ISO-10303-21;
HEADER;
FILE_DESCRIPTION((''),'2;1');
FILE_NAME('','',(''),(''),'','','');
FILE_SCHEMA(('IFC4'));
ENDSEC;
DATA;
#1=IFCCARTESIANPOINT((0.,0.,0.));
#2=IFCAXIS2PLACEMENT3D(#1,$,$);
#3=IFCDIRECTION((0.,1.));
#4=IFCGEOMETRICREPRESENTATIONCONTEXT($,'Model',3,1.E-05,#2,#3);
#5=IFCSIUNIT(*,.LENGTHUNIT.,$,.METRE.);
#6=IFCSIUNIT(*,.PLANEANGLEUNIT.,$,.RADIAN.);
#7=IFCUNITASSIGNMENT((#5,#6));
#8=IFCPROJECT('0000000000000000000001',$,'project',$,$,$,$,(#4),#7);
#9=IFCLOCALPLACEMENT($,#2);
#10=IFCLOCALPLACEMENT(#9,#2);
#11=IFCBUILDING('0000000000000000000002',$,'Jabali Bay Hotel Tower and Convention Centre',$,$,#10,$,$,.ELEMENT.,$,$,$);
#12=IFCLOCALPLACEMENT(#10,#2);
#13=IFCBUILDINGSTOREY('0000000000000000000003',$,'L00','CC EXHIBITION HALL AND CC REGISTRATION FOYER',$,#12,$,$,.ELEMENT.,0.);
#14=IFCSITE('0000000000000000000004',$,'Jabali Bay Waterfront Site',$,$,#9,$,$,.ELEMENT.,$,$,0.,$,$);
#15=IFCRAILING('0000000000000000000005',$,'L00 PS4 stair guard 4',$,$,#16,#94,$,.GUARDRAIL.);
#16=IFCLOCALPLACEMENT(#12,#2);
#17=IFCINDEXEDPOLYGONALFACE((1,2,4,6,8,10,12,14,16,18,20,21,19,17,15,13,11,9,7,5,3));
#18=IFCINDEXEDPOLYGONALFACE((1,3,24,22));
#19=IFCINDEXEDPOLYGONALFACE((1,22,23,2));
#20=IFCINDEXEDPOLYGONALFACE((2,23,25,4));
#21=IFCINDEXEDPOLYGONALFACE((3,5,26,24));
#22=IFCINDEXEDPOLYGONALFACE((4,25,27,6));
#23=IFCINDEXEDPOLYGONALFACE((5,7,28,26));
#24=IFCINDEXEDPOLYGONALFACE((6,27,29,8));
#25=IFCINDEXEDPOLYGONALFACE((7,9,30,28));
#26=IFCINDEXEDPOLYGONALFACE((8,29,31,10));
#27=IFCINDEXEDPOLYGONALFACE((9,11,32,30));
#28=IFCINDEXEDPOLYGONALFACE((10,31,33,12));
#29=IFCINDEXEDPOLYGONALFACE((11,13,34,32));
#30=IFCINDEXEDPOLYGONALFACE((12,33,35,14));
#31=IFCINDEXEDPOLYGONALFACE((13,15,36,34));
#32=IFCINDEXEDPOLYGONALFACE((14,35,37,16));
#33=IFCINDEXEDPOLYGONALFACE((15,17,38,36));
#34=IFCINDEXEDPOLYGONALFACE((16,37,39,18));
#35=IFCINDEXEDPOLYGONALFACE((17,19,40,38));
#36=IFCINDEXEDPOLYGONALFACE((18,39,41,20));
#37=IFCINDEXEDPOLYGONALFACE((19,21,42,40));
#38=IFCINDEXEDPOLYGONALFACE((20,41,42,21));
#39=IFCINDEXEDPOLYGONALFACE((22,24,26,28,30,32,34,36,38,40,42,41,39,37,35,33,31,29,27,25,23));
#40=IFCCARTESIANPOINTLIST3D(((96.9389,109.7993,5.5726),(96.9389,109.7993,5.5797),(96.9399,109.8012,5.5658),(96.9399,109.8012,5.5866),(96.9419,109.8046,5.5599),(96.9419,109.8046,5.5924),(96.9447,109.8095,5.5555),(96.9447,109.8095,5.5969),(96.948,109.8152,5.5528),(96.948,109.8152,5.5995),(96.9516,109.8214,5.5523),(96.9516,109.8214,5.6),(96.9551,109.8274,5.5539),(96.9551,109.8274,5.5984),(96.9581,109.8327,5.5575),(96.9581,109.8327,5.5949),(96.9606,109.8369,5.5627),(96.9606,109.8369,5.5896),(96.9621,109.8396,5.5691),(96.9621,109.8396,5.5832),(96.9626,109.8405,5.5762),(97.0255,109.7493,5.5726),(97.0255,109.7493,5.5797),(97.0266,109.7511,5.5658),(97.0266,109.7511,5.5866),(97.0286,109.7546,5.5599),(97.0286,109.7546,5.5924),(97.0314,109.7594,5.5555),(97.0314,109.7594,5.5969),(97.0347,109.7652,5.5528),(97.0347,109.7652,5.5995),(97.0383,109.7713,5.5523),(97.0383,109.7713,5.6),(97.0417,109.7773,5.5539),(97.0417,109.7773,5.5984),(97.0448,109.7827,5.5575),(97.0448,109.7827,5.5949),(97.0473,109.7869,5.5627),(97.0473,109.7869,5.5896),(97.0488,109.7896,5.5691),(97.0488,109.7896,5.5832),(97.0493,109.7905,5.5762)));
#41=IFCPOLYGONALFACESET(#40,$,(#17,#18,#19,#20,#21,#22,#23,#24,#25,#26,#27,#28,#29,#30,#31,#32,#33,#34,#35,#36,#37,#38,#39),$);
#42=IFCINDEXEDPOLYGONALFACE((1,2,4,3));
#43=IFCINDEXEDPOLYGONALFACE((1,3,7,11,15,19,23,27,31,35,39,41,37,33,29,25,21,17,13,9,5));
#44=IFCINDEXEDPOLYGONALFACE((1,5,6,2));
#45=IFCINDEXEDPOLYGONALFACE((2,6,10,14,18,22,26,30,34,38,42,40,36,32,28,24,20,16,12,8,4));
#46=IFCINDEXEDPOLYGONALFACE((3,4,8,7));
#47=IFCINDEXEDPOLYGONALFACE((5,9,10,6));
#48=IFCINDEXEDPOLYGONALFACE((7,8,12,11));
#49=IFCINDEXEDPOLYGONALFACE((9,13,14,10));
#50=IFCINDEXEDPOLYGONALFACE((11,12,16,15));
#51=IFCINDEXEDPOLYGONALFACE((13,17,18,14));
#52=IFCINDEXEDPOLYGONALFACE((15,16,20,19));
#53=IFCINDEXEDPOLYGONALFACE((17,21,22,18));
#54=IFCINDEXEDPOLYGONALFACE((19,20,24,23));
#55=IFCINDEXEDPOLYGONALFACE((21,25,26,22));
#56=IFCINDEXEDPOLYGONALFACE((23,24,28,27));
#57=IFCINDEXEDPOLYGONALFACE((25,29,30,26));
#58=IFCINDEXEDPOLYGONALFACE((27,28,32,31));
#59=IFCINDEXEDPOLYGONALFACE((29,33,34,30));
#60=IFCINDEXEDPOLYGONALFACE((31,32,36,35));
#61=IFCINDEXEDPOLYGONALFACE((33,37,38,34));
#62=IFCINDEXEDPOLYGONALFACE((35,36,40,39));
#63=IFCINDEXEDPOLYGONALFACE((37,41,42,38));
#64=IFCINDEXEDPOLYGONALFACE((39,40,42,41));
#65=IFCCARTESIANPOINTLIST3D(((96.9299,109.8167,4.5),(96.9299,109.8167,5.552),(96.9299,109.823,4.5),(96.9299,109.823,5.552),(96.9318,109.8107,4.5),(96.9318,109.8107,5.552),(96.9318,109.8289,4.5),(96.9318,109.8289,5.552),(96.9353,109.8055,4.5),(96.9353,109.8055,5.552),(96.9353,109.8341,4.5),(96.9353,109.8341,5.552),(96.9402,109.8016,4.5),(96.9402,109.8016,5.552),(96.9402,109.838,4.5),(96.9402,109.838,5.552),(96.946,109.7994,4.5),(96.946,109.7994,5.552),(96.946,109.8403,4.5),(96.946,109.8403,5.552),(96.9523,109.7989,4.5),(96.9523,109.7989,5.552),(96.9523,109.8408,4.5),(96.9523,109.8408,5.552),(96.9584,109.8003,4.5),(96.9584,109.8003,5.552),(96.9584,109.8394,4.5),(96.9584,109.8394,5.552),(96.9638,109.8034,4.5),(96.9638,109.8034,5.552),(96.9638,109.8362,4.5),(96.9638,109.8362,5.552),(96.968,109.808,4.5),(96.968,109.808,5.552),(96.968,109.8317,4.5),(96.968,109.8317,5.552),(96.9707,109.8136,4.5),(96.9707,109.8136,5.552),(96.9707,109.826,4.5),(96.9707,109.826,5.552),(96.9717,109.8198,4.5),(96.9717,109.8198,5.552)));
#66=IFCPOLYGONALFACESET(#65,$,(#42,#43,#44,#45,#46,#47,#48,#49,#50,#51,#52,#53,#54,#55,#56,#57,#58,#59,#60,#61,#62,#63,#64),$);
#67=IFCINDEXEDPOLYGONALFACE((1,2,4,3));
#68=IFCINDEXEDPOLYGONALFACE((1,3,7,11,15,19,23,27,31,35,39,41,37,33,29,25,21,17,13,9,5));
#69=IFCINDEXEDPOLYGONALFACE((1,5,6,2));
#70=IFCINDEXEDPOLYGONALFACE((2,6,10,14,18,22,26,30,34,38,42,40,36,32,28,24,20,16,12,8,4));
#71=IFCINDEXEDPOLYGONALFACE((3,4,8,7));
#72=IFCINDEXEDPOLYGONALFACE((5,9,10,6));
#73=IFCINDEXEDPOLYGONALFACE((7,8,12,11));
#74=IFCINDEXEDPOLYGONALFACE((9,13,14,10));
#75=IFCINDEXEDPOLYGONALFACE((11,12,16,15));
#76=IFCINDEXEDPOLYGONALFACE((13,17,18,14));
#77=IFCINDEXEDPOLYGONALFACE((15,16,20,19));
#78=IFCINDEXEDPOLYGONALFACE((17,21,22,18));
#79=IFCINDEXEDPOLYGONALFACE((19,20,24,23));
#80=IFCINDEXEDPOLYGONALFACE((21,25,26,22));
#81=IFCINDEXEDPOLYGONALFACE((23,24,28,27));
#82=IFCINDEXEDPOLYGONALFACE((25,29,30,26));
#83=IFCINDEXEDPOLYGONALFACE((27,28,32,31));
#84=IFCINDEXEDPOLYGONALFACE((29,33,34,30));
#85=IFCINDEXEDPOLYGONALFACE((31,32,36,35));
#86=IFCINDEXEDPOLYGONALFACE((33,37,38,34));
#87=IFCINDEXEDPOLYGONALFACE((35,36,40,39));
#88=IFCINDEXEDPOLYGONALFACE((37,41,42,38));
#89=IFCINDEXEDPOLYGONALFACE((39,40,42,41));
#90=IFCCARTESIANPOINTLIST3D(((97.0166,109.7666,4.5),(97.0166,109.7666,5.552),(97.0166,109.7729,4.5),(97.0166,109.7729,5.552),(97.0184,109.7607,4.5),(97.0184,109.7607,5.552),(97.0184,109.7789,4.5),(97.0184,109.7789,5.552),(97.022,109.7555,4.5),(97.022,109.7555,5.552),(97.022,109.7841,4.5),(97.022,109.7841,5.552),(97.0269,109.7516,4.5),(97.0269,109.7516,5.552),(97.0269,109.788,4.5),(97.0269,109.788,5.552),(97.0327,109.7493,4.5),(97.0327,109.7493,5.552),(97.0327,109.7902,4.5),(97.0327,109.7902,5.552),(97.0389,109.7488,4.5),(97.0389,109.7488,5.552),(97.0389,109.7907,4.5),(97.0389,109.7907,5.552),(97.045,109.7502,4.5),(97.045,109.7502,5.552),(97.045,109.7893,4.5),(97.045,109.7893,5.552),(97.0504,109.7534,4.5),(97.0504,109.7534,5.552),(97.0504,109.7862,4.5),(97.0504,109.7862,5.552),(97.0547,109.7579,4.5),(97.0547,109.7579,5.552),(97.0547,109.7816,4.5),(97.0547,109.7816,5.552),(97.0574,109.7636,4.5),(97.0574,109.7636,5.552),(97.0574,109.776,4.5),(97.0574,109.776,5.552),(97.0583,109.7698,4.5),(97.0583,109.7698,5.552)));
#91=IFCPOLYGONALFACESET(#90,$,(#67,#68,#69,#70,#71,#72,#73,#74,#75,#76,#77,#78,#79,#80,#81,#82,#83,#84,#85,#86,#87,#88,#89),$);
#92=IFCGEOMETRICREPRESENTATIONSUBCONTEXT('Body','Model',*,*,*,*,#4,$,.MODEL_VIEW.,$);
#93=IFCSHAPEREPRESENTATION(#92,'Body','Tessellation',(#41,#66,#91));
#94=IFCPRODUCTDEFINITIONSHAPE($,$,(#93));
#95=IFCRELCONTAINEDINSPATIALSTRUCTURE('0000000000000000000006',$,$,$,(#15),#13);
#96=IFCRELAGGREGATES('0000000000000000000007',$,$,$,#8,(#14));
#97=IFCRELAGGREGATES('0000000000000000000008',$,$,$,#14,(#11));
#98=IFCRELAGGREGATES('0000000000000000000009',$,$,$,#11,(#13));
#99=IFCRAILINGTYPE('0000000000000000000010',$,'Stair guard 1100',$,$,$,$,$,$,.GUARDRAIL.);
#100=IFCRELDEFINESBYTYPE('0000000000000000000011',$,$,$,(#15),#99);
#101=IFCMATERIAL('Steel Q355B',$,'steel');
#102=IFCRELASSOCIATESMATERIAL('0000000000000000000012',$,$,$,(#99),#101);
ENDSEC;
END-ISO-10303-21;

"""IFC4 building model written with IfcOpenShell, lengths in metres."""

from ifc_helpers import new_model, si_unit, direction, frame, origin, origin_2d, place, context, subcontext, project, spatial, circle, extrude, material, type_object, element, save


model = new_model("IFC4")

# Units and contexts
model_context = context("Model", 3, precision=1e-05, world=origin(), true_north=direction((0.0, 1.0)))
body_context = subcontext(model_context, "Body", "Model", "MODEL_VIEW")
ifc_project = project(units=[si_unit("LENGTHUNIT", "METRE"), si_unit("PLANEANGLEUNIT", "RADIAN")], contexts=[model_context])

# Site, building, storey
site_placement = place(None, origin())
site = spatial("IfcSite", under=ifc_project, at=site_placement, Name="Jabali Bay Waterfront Site", CompositionType="ELEMENT", RefElevation=0.0)
building_placement = place(site_placement, origin())
building = spatial("IfcBuilding", under=site, at=building_placement, Name="Jabali Bay Hotel Tower and Convention Centre", CompositionType="ELEMENT")
storey_placement = place(building_placement, origin())
storey = spatial("IfcBuildingStorey", under=building, at=storey_placement, Name="L00", Description="CC EXHIBITION HALL AND CC REGISTRATION FOYER", CompositionType="ELEMENT", Elevation=0.0)

# Railing
ifc_material_1 = material(Name="Steel Q355B", Category="steel")
railing_type_1 = type_object("IfcRailingType", Name="Stair guard 1100", PredefinedType="GUARDRAIL", material=ifc_material_1)
railing_1_placement = place(storey_placement, frame((96.9507, 109.8198, 4.5)))
element("IfcRailing", 1, at=railing_1_placement, inside=storey, type_object=railing_type_1, Name="L00 PS4 stair guard 4", PredefinedType="GUARDRAIL", context=body_context, shape_type="SweptSolid", body=[
    extrude(circle(Radius=0.0239, at=origin_2d()), frame((0.0, 0.0, 1.0762), z_axis=(0.865982, -0.500074, 0.0), x_axis=(0.500074, 0.865982, 0.0)), (0.0, 0.0, 1.0), 0.1001),
    extrude(circle(Radius=0.021, at=origin_2d()), origin(), (0.0, 0.0, 1.0), 1.052),
    extrude(circle(Radius=0.021, at=origin_2d()), frame((0.0867, -0.05, 0.0)), (0.0, 0.0, 1.0), 1.052),
])

save(model, "model.ifc")
